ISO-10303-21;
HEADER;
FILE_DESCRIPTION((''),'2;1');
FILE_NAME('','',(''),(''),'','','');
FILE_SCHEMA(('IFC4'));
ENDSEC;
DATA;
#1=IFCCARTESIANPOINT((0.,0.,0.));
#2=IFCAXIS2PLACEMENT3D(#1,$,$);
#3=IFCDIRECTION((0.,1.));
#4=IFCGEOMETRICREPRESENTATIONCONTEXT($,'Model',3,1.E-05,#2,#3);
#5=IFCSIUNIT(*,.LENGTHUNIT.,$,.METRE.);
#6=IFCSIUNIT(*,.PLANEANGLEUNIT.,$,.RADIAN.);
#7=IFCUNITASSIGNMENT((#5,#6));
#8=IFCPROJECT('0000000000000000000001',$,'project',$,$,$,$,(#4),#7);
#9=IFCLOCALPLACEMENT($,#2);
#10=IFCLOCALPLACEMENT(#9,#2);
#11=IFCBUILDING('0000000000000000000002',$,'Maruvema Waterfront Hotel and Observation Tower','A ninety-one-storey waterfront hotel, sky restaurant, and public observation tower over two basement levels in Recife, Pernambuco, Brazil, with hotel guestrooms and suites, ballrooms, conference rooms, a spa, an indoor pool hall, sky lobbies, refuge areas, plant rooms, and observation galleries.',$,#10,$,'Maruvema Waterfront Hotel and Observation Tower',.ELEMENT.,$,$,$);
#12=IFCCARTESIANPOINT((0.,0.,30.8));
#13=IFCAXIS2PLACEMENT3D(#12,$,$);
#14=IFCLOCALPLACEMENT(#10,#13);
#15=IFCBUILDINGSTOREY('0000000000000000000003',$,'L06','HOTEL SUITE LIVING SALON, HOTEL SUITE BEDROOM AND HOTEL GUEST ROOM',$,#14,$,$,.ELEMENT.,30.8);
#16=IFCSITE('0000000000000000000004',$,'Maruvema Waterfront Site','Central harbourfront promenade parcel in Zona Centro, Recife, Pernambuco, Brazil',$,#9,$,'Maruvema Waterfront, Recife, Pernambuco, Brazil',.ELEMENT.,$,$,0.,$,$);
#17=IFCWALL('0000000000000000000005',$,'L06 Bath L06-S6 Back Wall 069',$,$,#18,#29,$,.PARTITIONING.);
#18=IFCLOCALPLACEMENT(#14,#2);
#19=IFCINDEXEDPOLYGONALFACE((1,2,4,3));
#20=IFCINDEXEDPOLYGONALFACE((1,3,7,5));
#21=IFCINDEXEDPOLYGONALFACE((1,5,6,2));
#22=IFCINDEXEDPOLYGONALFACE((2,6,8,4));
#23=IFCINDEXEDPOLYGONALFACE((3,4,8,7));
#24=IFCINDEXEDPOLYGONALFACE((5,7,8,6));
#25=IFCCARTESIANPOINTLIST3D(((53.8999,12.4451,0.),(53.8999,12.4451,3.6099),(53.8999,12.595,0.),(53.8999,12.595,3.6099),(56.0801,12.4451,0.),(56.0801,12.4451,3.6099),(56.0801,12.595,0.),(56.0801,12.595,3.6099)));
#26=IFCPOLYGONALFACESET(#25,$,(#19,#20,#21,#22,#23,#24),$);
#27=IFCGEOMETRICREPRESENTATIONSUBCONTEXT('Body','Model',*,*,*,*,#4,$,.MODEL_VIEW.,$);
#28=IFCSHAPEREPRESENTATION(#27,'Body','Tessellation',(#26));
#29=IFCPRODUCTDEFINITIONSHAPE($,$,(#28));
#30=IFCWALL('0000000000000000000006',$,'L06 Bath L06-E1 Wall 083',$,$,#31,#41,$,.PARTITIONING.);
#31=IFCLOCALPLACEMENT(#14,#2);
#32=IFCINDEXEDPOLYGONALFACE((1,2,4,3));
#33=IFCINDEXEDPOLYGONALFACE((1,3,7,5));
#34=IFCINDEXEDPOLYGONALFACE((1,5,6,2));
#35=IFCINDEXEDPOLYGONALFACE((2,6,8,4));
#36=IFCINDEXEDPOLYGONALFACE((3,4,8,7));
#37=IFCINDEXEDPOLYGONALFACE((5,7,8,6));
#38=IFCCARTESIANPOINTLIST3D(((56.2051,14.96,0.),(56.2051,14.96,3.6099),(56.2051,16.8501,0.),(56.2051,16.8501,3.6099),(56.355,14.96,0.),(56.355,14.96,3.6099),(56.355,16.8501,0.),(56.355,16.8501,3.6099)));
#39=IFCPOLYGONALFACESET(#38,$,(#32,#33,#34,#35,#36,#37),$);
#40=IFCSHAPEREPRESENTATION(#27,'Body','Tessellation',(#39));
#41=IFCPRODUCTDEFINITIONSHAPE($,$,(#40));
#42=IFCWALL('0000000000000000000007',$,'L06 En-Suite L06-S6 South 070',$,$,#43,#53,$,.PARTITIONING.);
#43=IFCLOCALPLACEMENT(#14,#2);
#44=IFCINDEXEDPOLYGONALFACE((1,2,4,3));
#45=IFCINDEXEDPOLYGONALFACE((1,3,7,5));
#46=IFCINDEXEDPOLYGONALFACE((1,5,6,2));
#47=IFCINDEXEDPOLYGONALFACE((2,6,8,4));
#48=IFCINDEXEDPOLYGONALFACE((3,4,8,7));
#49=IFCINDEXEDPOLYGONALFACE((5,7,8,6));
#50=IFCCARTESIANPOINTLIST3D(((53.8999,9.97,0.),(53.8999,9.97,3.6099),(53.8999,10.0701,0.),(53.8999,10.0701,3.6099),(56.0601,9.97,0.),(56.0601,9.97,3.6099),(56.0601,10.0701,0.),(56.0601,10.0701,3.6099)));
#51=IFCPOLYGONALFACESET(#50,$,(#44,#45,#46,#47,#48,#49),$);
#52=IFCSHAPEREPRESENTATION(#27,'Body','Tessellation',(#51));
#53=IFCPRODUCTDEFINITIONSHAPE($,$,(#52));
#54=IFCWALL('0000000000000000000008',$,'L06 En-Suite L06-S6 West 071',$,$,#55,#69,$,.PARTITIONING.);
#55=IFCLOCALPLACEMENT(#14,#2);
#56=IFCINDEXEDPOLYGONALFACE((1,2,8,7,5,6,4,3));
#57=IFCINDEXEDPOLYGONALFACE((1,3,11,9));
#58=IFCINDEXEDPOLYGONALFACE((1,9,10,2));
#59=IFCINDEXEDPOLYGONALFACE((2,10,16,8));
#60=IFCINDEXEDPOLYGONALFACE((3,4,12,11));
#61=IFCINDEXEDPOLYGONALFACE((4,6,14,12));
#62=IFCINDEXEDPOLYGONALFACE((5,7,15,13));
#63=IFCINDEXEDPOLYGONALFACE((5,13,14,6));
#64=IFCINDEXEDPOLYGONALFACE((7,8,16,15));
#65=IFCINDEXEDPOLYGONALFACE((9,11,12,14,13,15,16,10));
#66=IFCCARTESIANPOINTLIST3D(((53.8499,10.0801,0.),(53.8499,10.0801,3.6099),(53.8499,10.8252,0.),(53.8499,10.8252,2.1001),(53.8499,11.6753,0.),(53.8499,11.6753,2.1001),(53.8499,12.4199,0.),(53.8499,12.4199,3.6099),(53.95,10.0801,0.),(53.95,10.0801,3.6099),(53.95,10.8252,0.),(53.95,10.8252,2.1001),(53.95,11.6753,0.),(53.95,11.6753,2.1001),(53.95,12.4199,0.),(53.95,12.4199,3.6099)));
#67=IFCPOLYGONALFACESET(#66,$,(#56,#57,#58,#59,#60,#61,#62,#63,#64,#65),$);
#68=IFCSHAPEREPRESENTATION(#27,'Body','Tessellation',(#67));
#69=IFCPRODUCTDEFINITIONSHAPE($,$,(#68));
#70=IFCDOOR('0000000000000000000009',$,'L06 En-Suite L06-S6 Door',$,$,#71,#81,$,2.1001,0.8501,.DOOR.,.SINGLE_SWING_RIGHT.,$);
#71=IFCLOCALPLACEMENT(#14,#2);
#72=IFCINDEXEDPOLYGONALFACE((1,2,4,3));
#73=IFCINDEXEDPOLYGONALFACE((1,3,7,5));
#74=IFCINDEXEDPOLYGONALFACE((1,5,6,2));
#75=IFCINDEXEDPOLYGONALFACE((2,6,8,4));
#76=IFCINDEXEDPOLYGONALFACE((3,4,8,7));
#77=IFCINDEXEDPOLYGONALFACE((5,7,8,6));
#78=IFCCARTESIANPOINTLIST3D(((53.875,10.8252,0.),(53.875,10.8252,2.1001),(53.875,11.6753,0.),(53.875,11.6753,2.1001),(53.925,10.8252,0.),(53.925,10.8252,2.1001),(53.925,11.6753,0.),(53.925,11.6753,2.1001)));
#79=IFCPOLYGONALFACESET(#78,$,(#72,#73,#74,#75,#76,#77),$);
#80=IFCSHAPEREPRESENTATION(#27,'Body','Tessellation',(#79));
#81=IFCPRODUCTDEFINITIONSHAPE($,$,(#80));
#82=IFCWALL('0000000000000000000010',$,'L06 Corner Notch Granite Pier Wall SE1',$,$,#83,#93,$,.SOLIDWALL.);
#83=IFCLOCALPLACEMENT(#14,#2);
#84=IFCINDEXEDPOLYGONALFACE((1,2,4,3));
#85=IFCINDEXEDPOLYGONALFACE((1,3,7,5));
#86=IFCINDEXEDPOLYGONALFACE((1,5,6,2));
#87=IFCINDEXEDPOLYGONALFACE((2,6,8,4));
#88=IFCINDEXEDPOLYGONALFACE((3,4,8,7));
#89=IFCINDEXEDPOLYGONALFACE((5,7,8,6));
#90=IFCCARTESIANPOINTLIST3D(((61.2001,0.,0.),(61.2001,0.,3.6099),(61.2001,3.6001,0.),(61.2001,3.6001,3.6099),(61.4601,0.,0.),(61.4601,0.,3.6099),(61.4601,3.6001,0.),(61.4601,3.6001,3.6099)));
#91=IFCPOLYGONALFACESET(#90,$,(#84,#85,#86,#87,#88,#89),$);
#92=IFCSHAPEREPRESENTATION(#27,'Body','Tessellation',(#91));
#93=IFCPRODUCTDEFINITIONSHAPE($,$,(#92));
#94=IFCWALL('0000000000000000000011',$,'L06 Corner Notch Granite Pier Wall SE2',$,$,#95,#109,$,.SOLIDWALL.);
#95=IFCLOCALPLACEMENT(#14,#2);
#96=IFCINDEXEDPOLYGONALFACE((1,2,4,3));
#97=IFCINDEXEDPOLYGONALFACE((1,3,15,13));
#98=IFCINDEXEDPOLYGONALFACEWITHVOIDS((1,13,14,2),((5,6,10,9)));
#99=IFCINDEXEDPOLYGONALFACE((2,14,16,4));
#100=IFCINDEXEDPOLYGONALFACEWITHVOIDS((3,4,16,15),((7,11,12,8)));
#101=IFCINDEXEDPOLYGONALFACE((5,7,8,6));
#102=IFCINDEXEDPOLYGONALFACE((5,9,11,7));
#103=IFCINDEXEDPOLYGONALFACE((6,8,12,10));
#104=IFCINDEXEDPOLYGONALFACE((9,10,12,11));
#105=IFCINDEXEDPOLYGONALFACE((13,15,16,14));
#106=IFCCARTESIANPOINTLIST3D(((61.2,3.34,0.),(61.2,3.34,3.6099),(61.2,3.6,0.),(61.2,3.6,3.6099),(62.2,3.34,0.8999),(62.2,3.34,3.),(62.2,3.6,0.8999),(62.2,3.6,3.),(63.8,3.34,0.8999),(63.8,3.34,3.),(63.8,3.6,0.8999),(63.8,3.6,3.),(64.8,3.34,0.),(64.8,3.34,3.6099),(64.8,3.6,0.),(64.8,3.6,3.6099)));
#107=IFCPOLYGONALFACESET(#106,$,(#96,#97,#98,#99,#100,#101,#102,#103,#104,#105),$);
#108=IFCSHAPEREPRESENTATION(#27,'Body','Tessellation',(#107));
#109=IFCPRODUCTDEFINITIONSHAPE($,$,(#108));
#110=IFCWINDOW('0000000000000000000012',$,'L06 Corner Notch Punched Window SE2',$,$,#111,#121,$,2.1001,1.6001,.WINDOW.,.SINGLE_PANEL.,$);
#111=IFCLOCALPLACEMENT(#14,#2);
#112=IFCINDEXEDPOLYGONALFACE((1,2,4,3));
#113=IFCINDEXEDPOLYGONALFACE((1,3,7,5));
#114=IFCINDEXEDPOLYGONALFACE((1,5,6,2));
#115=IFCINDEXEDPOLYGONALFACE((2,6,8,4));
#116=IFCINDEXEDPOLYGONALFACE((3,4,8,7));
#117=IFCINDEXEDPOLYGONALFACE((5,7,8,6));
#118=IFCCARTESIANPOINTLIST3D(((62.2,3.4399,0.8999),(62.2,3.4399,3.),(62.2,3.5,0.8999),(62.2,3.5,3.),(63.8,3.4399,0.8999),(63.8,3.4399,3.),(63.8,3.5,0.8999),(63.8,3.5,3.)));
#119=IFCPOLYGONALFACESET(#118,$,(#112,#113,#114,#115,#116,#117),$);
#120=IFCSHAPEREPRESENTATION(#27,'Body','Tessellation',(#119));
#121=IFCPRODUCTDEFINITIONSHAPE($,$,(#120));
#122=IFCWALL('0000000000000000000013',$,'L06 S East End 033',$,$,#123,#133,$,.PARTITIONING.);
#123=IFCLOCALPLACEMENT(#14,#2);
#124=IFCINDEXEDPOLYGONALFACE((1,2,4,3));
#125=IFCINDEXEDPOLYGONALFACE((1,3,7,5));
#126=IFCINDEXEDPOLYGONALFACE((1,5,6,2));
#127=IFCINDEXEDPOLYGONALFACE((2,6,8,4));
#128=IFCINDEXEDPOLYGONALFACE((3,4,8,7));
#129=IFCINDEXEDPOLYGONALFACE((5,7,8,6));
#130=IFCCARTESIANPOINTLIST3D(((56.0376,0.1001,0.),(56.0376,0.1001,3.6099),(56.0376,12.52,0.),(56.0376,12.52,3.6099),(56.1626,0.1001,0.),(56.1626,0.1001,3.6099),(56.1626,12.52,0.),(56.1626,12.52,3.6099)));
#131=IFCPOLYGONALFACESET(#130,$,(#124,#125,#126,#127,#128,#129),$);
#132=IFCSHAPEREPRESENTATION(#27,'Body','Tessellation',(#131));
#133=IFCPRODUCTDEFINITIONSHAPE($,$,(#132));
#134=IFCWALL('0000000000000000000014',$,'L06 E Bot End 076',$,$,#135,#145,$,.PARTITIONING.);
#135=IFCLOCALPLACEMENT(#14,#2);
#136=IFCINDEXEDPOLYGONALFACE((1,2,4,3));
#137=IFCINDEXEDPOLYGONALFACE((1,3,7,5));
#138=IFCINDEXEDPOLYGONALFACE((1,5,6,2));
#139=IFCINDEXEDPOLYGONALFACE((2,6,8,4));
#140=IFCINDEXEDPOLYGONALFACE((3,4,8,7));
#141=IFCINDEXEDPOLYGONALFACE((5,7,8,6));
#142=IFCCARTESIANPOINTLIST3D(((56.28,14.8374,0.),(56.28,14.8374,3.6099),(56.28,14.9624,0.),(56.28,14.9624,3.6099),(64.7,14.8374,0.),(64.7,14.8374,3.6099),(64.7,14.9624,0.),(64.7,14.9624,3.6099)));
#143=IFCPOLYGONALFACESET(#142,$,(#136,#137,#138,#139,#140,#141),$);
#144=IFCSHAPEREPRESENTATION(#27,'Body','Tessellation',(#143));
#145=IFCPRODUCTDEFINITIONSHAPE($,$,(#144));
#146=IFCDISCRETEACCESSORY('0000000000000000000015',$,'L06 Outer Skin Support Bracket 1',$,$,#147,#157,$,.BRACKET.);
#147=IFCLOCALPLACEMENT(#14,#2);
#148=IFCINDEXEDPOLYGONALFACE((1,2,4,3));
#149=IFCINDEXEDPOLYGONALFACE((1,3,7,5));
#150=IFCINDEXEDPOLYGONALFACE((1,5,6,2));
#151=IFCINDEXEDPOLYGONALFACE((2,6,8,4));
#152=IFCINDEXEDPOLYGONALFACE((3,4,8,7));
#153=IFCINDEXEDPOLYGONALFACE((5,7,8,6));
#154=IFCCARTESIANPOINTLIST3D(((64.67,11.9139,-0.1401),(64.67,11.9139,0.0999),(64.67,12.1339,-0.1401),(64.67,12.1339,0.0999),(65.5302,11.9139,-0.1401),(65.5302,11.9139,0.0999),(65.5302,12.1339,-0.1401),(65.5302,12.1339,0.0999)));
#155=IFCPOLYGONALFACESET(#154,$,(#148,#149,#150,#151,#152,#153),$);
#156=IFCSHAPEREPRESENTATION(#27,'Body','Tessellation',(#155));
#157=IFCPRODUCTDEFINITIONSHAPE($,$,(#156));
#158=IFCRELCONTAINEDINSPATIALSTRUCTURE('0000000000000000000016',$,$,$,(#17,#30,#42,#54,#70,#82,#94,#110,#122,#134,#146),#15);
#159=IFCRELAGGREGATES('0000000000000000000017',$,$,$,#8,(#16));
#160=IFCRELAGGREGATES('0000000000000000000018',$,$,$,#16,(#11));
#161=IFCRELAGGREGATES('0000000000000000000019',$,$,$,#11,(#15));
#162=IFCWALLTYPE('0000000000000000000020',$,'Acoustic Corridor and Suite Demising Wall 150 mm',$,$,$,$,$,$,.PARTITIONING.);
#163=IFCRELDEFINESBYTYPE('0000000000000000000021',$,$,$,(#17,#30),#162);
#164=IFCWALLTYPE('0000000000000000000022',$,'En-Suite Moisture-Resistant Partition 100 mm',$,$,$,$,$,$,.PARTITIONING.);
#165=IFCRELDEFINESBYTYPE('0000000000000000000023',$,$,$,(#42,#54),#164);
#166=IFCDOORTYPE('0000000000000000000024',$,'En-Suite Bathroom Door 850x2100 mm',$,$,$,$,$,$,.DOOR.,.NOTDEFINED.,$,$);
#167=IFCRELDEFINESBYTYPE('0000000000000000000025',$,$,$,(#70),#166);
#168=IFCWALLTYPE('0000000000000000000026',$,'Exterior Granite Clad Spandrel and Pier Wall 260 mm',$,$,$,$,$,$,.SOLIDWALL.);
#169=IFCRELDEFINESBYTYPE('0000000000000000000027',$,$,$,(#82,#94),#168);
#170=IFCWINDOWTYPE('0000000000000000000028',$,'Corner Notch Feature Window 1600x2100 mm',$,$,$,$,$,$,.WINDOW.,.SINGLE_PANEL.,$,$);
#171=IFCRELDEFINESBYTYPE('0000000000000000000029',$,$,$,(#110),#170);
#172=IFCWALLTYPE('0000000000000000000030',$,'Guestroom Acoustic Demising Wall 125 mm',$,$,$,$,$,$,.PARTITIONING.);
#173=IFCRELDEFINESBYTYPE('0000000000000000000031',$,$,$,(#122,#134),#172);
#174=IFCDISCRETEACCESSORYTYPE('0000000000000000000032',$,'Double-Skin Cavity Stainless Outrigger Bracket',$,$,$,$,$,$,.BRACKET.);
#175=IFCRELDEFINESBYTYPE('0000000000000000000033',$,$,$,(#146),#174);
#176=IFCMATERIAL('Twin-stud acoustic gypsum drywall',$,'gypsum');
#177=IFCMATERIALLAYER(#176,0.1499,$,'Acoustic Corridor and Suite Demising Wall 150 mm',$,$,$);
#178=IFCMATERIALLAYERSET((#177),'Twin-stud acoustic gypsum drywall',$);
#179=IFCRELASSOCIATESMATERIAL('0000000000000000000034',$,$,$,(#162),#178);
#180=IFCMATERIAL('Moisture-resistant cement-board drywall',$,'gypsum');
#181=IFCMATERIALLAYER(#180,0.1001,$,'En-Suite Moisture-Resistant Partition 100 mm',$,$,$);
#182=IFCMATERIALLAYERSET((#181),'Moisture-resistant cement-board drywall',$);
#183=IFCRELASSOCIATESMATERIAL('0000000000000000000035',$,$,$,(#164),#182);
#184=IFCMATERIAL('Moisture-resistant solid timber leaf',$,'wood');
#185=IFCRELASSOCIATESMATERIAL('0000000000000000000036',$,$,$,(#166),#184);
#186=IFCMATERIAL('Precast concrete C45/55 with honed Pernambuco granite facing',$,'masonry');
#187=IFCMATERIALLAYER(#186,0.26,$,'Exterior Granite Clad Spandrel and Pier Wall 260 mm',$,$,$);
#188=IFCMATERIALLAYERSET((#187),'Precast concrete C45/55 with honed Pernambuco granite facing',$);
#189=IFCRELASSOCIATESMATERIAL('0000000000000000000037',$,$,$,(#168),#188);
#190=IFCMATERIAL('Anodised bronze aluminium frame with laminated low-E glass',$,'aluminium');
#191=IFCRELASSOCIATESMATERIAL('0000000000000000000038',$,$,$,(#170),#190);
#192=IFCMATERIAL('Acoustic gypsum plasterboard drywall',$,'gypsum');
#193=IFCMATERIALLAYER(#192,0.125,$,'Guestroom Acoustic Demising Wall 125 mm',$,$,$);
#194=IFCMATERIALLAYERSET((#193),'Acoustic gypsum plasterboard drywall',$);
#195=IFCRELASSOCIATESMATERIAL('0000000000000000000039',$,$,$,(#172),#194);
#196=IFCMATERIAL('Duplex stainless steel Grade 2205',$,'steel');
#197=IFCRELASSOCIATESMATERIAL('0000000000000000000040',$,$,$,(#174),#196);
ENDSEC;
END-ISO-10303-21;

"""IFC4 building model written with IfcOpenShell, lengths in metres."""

from ifc_helpers import new_model, si_unit, direction, frame, frame_2d, origin, origin_2d, place, context, subcontext, project, spatial, rectangle, extrude, material, layer, layer_set, type_object, element, fill, save


model = new_model("IFC4")

# Units and contexts
model_context = context("Model", 3, precision=1e-05, world=origin(), true_north=direction((0.0, 1.0)))
body_context = subcontext(model_context, "Body", "Model", "MODEL_VIEW")
ifc_project = project(units=[si_unit("LENGTHUNIT", "METRE"), si_unit("PLANEANGLEUNIT", "RADIAN")], contexts=[model_context])

# Site, building, storey
site_placement = place(None, origin())
site = spatial("IfcSite", under=ifc_project, at=site_placement, Name="Maruvema Waterfront Site", Description="Central harbourfront promenade parcel in Zona Centro, Recife, Pernambuco, Brazil", LongName="Maruvema Waterfront, Recife, Pernambuco, Brazil", CompositionType="ELEMENT", RefElevation=0.0)
building_placement = place(site_placement, origin())
building = spatial("IfcBuilding", under=site, at=building_placement, Name="Maruvema Waterfront Hotel and Observation Tower", Description="A ninety-one-storey waterfront hotel, sky restaurant, and public observation tower over two basement levels in Recife, Pernambuco, Brazil, with hotel guestrooms and suites, ballrooms, conference rooms, a spa, an indoor pool hall, sky lobbies, refuge areas, plant rooms, and observation galleries.", LongName="Maruvema Waterfront Hotel and Observation Tower", CompositionType="ELEMENT")
storey_placement = place(building_placement, frame((0.0, 0.0, 30.8)))
storey = spatial("IfcBuildingStorey", under=building, at=storey_placement, Name="L06", Description="HOTEL SUITE LIVING SALON, HOTEL SUITE BEDROOM AND HOTEL GUEST ROOM", CompositionType="ELEMENT", Elevation=30.8)

# Walls
ifc_material_1 = material(Name="Twin-stud acoustic gypsum drywall", Category="gypsum")
ifc_layer_1 = layer(ifc_material_1, 0.1499, Name="Acoustic Corridor and Suite Demising Wall 150 mm")
ifc_layer_set_1 = layer_set([ifc_layer_1], Name="Twin-stud acoustic gypsum drywall")
wall_type_1 = type_object("IfcWallType", Name="Acoustic Corridor and Suite Demising Wall 150 mm", PredefinedType="PARTITIONING", material=ifc_layer_set_1)
wall_1_placement = place(storey_placement, frame((53.8999, 12.52, 0.0), z_axis=(0.0, 0.0, 1.0), x_axis=(1.0, 0.0, 0.0)))
element("IfcWall", 1, at=wall_1_placement, inside=storey, type_object=wall_type_1, Name="L06 Bath L06-S6 Back Wall 069", PredefinedType="PARTITIONING", context=body_context, shape_type="SweptSolid", body=[
    extrude(rectangle(XDim=2.1802, YDim=0.1499, at=frame_2d((1.0901, 0.0))), origin(), (0.0, 0.0, 1.0), 3.6099),
])
wall_2_placement = place(storey_placement, frame((56.28, 14.96, 0.0), z_axis=(0.0, 0.0, 1.0), x_axis=(0.0, 1.0, 0.0)))
element("IfcWall", 2, at=wall_2_placement, inside=storey, type_object=wall_type_1, Name="L06 Bath L06-E1 Wall 083", PredefinedType="PARTITIONING", context=body_context, shape_type="SweptSolid", body=[
    extrude(rectangle(XDim=1.8901, YDim=0.1499, at=frame_2d((0.9451, 0.0))), origin(), (0.0, 0.0, 1.0), 3.6099),
])
ifc_material_2 = material(Name="Moisture-resistant cement-board drywall", Category="gypsum")
ifc_layer_2 = layer(ifc_material_2, 0.1001, Name="En-Suite Moisture-Resistant Partition 100 mm")
ifc_layer_set_2 = layer_set([ifc_layer_2], Name="Moisture-resistant cement-board drywall")
wall_type_2 = type_object("IfcWallType", Name="En-Suite Moisture-Resistant Partition 100 mm", PredefinedType="PARTITIONING", material=ifc_layer_set_2)
wall_3_placement = place(storey_placement, frame((53.8999, 10.02, 0.0), z_axis=(0.0, 0.0, 1.0), x_axis=(1.0, 0.0, 0.0)))
element("IfcWall", 3, at=wall_3_placement, inside=storey, type_object=wall_type_2, Name="L06 En-Suite L06-S6 South 070", PredefinedType="PARTITIONING", context=body_context, shape_type="SweptSolid", body=[
    extrude(rectangle(XDim=2.1602, YDim=0.1001, at=frame_2d((1.0801, 0.0))), origin(), (0.0, 0.0, 1.0), 3.6099),
])

# Wall, opening, door
wall_4_placement = place(storey_placement, frame((53.8999, 10.0801, 0.0), z_axis=(0.0, 0.0, 1.0), x_axis=(0.0, 1.0, 0.0)))
wall_4 = element("IfcWall", 4, at=wall_4_placement, inside=storey, type_object=wall_type_2, Name="L06 En-Suite L06-S6 West 071", PredefinedType="PARTITIONING", context=body_context, shape_type="SweptSolid", body=[
    extrude(rectangle(XDim=2.3398, YDim=0.1001, at=frame_2d((1.1699, 0.0))), origin(), (0.0, 0.0, 1.0), 3.6099),
])
opening_1_placement = place(wall_4_placement, frame((0.7451, 0.0, 0.0)))
opening_1 = element("IfcOpeningElement", 5, at=opening_1_placement, cuts=wall_4, PredefinedType="OPENING", context=body_context, shape_type="SweptSolid", body=[
    extrude(rectangle(XDim=0.8501, YDim=2.1001, at=frame_2d((0.425, 1.05))), frame((0.0, 0.0601, 0.0), z_axis=(0.0, -1.0, 0.0), x_axis=(1.0, 0.0, 0.0)), (0.0, 0.0, 1.0), 0.1201),
])
ifc_material_3 = material(Name="Moisture-resistant solid timber leaf", Category="wood")
door_type = type_object("IfcDoorType", Name="En-Suite Bathroom Door 850x2100 mm", OperationType="NOTDEFINED", PredefinedType="DOOR", material=ifc_material_3)
door_placement = place(opening_1_placement, origin())
door = element("IfcDoor", 6, at=door_placement, inside=storey, type_object=door_type, Name="L06 En-Suite L06-S6 Door", OperationType="SINGLE_SWING_RIGHT", OverallHeight=2.1001, OverallWidth=0.8501, PredefinedType="DOOR", context=body_context, shape_type="SweptSolid", body=[
    extrude(rectangle(XDim=0.8501, YDim=2.1001, at=frame_2d((0.425, 1.05))), frame((0.0, 0.0249, 0.0), z_axis=(0.0, -1.0, 0.0), x_axis=(1.0, 0.0, 0.0)), (0.0, 0.0, 1.0), 0.05),
])
fill(opening_1, door)

# Wall
ifc_material_4 = material(Name="Precast concrete C45/55 with honed Pernambuco granite facing", Category="masonry")
ifc_layer_3 = layer(ifc_material_4, 0.26, Name="Exterior Granite Clad Spandrel and Pier Wall 260 mm")
ifc_layer_set_3 = layer_set([ifc_layer_3], Name="Precast concrete C45/55 with honed Pernambuco granite facing")
wall_type_3 = type_object("IfcWallType", Name="Exterior Granite Clad Spandrel and Pier Wall 260 mm", PredefinedType="SOLIDWALL", material=ifc_layer_set_3)
wall_5_placement = place(storey_placement, frame((61.3301, 3.6001, 0.0), z_axis=(0.0, 0.0, 1.0), x_axis=(0.0, -1.0, 0.0)))
element("IfcWall", 7, at=wall_5_placement, inside=storey, type_object=wall_type_3, Name="L06 Corner Notch Granite Pier Wall SE1", PredefinedType="SOLIDWALL", context=body_context, shape_type="SweptSolid", body=[
    extrude(rectangle(XDim=3.6001, YDim=0.26, at=frame_2d((1.8, 0.0))), origin(), (0.0, 0.0, 1.0), 3.6099),
])

# Wall, opening, window
wall_6_placement = place(storey_placement, frame((64.8, 3.47, 0.0), z_axis=(0.0, 0.0, 1.0), x_axis=(-1.0, 0.0, 0.0)))
wall_6 = element("IfcWall", 8, at=wall_6_placement, inside=storey, type_object=wall_type_3, Name="L06 Corner Notch Granite Pier Wall SE2", PredefinedType="SOLIDWALL", context=body_context, shape_type="SweptSolid", body=[
    extrude(rectangle(XDim=3.6001, YDim=0.26, at=frame_2d((1.8, 0.0))), origin(), (0.0, 0.0, 1.0), 3.6099),
])
opening_2_placement = place(wall_6_placement, frame((1.0, 0.0, 0.8999)))
opening_2 = element("IfcOpeningElement", 9, at=opening_2_placement, cuts=wall_6, PredefinedType="OPENING", context=body_context, shape_type="SweptSolid", body=[
    extrude(rectangle(XDim=1.6001, YDim=2.1001, at=frame_2d((0.8, 1.05))), frame((0.0, 0.1401, 0.0), z_axis=(0.0, -1.0, 0.0), x_axis=(1.0, 0.0, 0.0)), (0.0, 0.0, 1.0), 0.28),
])
ifc_material_5 = material(Name="Anodised bronze aluminium frame with laminated low-E glass", Category="aluminium")
window_type = type_object("IfcWindowType", Name="Corner Notch Feature Window 1600x2100 mm", PartitioningType="SINGLE_PANEL", PredefinedType="WINDOW", material=ifc_material_5)
window_placement = place(opening_2_placement, origin())
window = element("IfcWindow", 10, at=window_placement, inside=storey, type_object=window_type, Name="L06 Corner Notch Punched Window SE2", OverallHeight=2.1001, OverallWidth=1.6001, PartitioningType="SINGLE_PANEL", PredefinedType="WINDOW", context=body_context, shape_type="SweptSolid", body=[
    extrude(rectangle(XDim=1.6001, YDim=2.1001, at=frame_2d((0.8, 1.05))), frame((0.0, 0.03, 0.0), z_axis=(0.0, -1.0, 0.0), x_axis=(1.0, 0.0, 0.0)), (0.0, 0.0, 1.0), 0.0601),
])
fill(opening_2, window)

# Walls
ifc_material_6 = material(Name="Acoustic gypsum plasterboard drywall", Category="gypsum")
ifc_layer_4 = layer(ifc_material_6, 0.125, Name="Guestroom Acoustic Demising Wall 125 mm")
ifc_layer_set_4 = layer_set([ifc_layer_4], Name="Acoustic gypsum plasterboard drywall")
wall_type_4 = type_object("IfcWallType", Name="Guestroom Acoustic Demising Wall 125 mm", PredefinedType="PARTITIONING", material=ifc_layer_set_4)
wall_7_placement = place(storey_placement, frame((56.1001, 0.1001, 0.0), z_axis=(0.0, 0.0, 1.0), x_axis=(0.0, 1.0, 0.0)))
element("IfcWall", 11, at=wall_7_placement, inside=storey, type_object=wall_type_4, Name="L06 S East End 033", PredefinedType="PARTITIONING", context=body_context, shape_type="SweptSolid", body=[
    extrude(rectangle(XDim=12.4199, YDim=0.125, at=frame_2d((6.21, 0.0))), origin(), (0.0, 0.0, 1.0), 3.6099),
])
wall_8_placement = place(storey_placement, frame((56.28, 14.8999, 0.0), z_axis=(0.0, 0.0, 1.0), x_axis=(1.0, 0.0, 0.0)))
element("IfcWall", 12, at=wall_8_placement, inside=storey, type_object=wall_type_4, Name="L06 E Bot End 076", PredefinedType="PARTITIONING", context=body_context, shape_type="SweptSolid", body=[
    extrude(rectangle(XDim=8.4199, YDim=0.125, at=frame_2d((4.21, 0.0))), origin(), (0.0, 0.0, 1.0), 3.6099),
])

# Discrete accessory
ifc_material_7 = material(Name="Duplex stainless steel Grade 2205", Category="steel")
discrete_accessory_type = type_object("IfcDiscreteAccessoryType", Name="Double-Skin Cavity Stainless Outrigger Bracket", PredefinedType="BRACKET", material=ifc_material_7)
discrete_accessory_placement = place(storey_placement, frame((65.1001, 12.0239, -0.1401), z_axis=(0.0, 0.0, 1.0), x_axis=(0.0, 1.0, 0.0)))
element("IfcDiscreteAccessory", 13, at=discrete_accessory_placement, inside=storey, type_object=discrete_accessory_type, Name="L06 Outer Skin Support Bracket 1", PredefinedType="BRACKET", context=body_context, shape_type="SweptSolid", body=[
    extrude(rectangle(XDim=0.22, YDim=0.8601, at=origin_2d()), origin(), (0.0, 0.0, 1.0), 0.24),
])

save(model, "model.ifc")
